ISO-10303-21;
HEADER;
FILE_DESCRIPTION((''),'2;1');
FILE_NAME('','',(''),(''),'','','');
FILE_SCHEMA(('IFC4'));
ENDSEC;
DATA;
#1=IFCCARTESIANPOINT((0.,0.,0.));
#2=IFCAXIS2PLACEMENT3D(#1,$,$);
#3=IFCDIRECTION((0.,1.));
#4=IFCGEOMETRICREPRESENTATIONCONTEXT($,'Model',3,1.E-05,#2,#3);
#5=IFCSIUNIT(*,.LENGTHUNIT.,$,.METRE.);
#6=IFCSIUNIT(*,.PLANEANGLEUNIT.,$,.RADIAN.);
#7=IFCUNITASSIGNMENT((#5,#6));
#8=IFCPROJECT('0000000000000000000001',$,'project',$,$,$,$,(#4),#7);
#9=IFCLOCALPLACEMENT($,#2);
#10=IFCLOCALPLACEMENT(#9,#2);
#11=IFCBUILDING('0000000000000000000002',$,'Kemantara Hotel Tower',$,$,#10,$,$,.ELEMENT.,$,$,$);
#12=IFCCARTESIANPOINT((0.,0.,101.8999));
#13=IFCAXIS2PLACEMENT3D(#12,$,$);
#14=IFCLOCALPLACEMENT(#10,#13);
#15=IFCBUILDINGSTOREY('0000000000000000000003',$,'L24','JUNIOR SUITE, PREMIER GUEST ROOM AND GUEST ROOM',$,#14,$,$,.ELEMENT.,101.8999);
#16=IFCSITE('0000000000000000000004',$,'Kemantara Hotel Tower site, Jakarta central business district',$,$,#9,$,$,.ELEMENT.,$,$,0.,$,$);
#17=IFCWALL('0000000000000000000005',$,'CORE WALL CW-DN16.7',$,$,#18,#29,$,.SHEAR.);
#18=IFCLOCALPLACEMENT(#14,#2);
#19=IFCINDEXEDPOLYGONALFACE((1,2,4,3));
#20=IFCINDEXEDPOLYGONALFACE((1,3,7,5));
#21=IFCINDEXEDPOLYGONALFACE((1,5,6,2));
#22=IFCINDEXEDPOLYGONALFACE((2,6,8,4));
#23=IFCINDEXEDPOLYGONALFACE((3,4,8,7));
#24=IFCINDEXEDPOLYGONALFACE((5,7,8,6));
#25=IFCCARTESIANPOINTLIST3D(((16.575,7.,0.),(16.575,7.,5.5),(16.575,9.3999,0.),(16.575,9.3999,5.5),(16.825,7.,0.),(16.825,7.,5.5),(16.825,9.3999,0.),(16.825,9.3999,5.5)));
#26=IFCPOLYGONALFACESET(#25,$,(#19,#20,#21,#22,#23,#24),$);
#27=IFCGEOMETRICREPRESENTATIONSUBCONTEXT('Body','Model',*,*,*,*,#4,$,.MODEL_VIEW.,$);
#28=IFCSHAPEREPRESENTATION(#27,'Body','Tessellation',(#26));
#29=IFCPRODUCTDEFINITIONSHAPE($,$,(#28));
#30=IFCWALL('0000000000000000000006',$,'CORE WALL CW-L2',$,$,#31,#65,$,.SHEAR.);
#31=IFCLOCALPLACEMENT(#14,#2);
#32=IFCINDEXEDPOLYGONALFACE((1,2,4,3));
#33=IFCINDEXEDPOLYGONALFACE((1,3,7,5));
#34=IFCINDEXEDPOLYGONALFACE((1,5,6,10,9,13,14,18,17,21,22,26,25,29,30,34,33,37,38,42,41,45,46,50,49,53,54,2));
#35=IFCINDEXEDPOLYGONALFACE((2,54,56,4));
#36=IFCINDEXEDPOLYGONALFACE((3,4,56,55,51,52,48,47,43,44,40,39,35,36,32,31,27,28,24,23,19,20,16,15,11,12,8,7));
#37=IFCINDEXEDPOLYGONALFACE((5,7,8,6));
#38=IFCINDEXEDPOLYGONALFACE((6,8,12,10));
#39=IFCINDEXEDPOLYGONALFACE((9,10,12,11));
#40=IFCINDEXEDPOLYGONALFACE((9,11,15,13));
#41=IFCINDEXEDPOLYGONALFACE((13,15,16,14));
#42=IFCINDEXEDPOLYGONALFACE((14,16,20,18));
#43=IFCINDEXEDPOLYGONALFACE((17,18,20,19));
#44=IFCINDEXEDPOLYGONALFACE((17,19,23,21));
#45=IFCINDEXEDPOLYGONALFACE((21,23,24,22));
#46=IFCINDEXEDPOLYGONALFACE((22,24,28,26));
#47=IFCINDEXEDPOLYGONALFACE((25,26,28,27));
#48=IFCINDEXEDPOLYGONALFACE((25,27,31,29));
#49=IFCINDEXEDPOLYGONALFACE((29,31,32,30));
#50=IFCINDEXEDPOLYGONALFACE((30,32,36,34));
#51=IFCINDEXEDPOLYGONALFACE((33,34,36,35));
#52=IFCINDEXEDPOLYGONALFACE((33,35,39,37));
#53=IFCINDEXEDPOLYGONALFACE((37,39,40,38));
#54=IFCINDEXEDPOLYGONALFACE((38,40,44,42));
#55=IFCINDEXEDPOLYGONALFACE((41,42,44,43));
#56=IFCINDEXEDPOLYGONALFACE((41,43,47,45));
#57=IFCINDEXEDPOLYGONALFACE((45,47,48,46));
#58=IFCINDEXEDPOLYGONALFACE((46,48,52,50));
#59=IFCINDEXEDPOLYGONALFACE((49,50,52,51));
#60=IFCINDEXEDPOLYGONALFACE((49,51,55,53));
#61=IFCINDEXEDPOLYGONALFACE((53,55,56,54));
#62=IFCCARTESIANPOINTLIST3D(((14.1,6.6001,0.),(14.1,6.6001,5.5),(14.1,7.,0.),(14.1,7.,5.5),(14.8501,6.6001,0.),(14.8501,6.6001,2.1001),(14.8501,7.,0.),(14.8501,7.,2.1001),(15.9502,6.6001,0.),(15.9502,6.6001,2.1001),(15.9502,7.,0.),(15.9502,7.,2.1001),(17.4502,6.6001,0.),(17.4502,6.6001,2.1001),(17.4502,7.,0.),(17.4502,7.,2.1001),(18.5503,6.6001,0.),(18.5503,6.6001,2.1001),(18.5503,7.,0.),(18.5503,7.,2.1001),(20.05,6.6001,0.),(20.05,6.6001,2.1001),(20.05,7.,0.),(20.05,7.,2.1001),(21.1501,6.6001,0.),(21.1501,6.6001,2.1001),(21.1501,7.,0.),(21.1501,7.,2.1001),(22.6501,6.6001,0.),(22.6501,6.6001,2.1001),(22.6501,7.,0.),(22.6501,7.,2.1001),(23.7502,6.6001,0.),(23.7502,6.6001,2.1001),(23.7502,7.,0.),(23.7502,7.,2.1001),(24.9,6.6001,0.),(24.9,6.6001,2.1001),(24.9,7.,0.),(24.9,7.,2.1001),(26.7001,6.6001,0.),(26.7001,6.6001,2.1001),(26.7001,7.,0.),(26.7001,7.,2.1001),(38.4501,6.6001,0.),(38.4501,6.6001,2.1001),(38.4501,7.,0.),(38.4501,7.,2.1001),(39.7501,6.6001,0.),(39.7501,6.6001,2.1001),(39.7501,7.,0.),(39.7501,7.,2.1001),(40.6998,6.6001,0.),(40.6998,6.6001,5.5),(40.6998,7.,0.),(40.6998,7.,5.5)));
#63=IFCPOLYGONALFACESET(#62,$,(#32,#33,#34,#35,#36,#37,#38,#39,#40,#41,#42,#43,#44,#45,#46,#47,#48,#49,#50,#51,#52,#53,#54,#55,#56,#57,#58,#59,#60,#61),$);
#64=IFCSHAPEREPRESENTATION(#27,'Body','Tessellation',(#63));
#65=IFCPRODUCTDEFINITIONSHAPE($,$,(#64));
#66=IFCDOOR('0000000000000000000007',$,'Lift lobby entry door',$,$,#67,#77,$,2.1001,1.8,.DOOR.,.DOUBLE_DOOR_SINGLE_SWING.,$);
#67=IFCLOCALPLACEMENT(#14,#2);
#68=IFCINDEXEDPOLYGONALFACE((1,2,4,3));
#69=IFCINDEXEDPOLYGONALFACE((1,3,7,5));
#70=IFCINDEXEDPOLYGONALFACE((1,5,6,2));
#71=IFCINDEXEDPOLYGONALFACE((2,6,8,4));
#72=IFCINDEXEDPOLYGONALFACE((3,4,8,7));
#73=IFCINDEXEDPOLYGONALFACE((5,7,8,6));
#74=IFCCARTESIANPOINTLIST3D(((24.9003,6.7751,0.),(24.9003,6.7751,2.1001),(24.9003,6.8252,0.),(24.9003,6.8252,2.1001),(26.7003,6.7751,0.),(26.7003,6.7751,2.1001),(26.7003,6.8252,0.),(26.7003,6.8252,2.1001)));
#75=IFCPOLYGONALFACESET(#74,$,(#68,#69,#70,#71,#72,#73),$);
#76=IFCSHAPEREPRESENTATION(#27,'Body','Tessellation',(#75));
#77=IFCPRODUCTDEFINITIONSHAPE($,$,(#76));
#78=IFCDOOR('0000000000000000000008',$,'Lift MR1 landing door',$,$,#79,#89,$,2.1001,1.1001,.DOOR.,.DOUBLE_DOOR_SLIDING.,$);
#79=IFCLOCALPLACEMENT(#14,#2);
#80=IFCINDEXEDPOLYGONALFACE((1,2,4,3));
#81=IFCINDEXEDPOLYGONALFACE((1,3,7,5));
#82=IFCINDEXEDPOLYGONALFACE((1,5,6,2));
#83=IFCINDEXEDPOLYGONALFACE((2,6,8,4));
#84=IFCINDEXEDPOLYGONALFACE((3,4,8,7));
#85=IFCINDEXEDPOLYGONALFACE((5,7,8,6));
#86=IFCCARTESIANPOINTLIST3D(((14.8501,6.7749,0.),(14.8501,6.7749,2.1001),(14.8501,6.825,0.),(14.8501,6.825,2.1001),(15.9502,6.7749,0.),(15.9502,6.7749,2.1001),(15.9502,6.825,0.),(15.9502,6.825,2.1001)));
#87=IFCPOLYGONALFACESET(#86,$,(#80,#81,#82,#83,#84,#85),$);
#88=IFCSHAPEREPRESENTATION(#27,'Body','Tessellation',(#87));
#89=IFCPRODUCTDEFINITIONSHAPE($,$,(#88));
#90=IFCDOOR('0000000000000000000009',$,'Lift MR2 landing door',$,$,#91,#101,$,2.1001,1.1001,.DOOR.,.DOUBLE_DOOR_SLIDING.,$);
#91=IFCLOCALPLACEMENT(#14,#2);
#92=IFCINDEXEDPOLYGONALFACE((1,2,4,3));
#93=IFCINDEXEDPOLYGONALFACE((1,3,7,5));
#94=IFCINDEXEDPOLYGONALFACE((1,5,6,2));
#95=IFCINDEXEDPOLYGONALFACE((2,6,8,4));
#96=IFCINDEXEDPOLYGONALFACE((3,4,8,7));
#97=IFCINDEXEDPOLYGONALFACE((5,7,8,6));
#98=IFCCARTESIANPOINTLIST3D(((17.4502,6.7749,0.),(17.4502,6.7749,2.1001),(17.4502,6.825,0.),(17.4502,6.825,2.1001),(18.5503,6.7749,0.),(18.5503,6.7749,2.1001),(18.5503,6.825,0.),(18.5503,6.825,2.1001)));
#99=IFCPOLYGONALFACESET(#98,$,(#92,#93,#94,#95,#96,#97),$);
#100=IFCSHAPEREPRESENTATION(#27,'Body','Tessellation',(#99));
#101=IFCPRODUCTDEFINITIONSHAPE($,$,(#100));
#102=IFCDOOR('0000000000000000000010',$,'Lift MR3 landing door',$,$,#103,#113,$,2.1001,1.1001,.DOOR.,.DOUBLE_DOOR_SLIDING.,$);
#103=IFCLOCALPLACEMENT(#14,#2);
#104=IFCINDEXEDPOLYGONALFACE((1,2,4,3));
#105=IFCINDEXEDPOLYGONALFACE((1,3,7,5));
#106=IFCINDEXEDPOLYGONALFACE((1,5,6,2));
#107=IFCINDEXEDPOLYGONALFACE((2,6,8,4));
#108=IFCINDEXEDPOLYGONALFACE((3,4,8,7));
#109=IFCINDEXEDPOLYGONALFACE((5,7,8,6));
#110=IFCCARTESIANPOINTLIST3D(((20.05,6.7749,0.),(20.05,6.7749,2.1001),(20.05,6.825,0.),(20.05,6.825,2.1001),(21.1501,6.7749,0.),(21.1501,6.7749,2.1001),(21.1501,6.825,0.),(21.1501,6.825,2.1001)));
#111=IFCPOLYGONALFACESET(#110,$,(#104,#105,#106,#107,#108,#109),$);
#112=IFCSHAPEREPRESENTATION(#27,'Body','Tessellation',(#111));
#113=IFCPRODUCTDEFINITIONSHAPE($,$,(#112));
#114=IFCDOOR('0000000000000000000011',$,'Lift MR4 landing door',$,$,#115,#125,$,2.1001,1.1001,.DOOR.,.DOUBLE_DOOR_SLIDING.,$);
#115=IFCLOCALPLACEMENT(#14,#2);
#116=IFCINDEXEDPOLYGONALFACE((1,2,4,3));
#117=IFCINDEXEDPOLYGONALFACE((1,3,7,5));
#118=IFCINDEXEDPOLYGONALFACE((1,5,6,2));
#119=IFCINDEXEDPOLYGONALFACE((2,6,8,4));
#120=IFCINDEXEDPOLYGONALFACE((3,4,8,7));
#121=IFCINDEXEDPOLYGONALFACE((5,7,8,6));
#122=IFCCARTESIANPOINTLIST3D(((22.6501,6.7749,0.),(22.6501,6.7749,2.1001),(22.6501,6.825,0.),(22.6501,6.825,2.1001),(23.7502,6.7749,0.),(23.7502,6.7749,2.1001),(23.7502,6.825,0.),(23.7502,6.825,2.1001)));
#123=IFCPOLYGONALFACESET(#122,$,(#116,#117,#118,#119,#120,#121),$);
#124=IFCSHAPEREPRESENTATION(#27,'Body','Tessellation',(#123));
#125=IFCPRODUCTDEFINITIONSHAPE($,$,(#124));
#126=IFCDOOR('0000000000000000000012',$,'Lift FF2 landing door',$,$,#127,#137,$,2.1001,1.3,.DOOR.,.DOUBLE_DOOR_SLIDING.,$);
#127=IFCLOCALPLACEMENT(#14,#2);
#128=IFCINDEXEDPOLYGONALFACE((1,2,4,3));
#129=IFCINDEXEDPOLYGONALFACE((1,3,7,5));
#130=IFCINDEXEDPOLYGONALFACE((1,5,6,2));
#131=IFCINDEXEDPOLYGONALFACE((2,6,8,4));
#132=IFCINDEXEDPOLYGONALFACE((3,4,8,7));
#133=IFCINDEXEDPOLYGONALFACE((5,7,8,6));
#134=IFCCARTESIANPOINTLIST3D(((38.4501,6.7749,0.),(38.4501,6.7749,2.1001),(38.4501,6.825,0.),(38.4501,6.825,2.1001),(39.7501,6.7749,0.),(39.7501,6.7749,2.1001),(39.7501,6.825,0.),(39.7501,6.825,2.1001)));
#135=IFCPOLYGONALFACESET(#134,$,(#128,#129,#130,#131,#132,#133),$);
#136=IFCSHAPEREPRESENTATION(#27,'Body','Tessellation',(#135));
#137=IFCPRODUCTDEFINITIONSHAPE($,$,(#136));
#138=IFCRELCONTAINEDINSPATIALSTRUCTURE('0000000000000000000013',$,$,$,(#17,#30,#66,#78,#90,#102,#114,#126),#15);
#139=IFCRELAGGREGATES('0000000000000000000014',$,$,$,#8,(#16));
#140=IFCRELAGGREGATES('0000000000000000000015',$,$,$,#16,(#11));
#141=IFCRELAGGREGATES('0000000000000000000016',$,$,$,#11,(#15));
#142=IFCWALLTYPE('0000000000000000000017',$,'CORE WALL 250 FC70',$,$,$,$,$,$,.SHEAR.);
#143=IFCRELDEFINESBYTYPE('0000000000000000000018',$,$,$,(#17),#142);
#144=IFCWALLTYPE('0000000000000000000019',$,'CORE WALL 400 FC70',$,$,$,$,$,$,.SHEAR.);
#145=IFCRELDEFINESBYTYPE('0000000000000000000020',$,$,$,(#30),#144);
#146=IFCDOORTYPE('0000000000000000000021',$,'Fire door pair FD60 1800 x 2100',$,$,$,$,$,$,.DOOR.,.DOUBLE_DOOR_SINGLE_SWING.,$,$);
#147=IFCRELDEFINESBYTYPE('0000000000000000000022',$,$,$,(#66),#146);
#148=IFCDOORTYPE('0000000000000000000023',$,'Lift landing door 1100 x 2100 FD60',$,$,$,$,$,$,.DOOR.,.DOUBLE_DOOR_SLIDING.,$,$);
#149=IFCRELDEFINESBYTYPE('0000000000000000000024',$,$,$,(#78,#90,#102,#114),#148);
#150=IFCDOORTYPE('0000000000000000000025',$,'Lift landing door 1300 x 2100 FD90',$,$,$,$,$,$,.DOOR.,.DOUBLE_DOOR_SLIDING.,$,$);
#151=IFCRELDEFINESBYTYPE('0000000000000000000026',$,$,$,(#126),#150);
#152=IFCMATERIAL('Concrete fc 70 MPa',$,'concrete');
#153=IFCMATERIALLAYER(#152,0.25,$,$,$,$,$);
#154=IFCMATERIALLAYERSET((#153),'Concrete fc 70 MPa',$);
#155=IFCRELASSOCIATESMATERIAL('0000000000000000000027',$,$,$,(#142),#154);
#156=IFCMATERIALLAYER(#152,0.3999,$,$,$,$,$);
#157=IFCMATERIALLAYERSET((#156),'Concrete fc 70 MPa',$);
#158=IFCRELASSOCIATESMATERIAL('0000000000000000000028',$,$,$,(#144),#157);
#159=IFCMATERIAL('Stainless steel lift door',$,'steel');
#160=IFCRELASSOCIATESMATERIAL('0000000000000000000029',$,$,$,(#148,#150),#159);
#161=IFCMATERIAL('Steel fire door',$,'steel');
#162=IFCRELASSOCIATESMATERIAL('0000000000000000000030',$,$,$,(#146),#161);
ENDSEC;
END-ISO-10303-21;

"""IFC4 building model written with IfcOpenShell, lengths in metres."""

from ifc_helpers import new_model, si_unit, direction, frame, frame_2d, origin, place, context, subcontext, project, spatial, rectangle, extrude, material, layer, layer_set, type_object, element, fill, save


model = new_model("IFC4")

# Units and contexts
model_context = context("Model", 3, precision=1e-05, world=origin(), true_north=direction((0.0, 1.0)))
body_context = subcontext(model_context, "Body", "Model", "MODEL_VIEW")
ifc_project = project(units=[si_unit("LENGTHUNIT", "METRE"), si_unit("PLANEANGLEUNIT", "RADIAN")], contexts=[model_context])

# Site, building, storey
site_placement = place(None, origin())
site = spatial("IfcSite", under=ifc_project, at=site_placement, Name="Kemantara Hotel Tower site, Jakarta central business district", CompositionType="ELEMENT", RefElevation=0.0)
building_placement = place(site_placement, origin())
building = spatial("IfcBuilding", under=site, at=building_placement, Name="Kemantara Hotel Tower", CompositionType="ELEMENT")
storey_placement = place(building_placement, frame((0.0, 0.0, 101.8999)))
storey = spatial("IfcBuildingStorey", under=building, at=storey_placement, Name="L24", Description="JUNIOR SUITE, PREMIER GUEST ROOM AND GUEST ROOM", CompositionType="ELEMENT", Elevation=101.8999)

# Wall
ifc_material_1 = material(Name="Concrete fc 70 MPa", Category="concrete")
ifc_layer_1 = layer(ifc_material_1, 0.25)
ifc_layer_set_1 = layer_set([ifc_layer_1], Name="Concrete fc 70 MPa")
wall_type_1 = type_object("IfcWallType", Name="CORE WALL 250 FC70", PredefinedType="SHEAR", material=ifc_layer_set_1)
wall_1_placement = place(storey_placement, frame((16.7, 7.0, 0.0), z_axis=(0.0, 0.0, 1.0), x_axis=(0.0, 1.0, 0.0)))
element("IfcWall", 1, at=wall_1_placement, inside=storey, type_object=wall_type_1, Name="CORE WALL CW-DN16.7", PredefinedType="SHEAR", context=body_context, shape_type="SweptSolid", body=[
    extrude(rectangle(XDim=2.3999, YDim=0.25, at=frame_2d((1.2, 0.0))), origin(), (0.0, 0.0, 1.0), 5.5),
])

# Wall, openings, doors
ifc_layer_2 = layer(ifc_material_1, 0.3999)
ifc_layer_set_2 = layer_set([ifc_layer_2], Name="Concrete fc 70 MPa")
wall_type_2 = type_object("IfcWallType", Name="CORE WALL 400 FC70", PredefinedType="SHEAR", material=ifc_layer_set_2)
ifc_material_2 = material(Name="Stainless steel lift door", Category="steel")
door_type_1 = type_object("IfcDoorType", Name="Lift landing door 1100 x 2100 FD60", OperationType="DOUBLE_DOOR_SLIDING", PredefinedType="DOOR", material=ifc_material_2)
door_type_2 = type_object("IfcDoorType", Name="Lift landing door 1300 x 2100 FD90", OperationType="DOUBLE_DOOR_SLIDING", PredefinedType="DOOR", material=ifc_material_2)
wall_2_placement = place(storey_placement, frame((14.1001, 6.8, 0.0), z_axis=(0.0, 0.0, 1.0), x_axis=(1.0, 0.0, 0.0)))
wall_2 = element("IfcWall", 2, at=wall_2_placement, inside=storey, type_object=wall_type_2, Name="CORE WALL CW-L2", PredefinedType="SHEAR", context=body_context, shape_type="SweptSolid", body=[
    extrude(rectangle(XDim=26.5999, YDim=0.3999, at=frame_2d((13.2998, 0.0))), origin(), (0.0, 0.0, 1.0), 5.5),
])
opening_1_placement = place(wall_2_placement, frame((10.8, 0.0, 0.0)))
opening_1 = element("IfcOpeningElement", 3, at=opening_1_placement, cuts=wall_2, PredefinedType="OPENING", context=body_context, shape_type="SweptSolid", body=[
    extrude(rectangle(XDim=1.8, YDim=2.1001, at=frame_2d((0.8999, 1.05))), frame((0.0, 0.21, 0.0), z_axis=(0.0, -1.0, 0.0), x_axis=(1.0, 0.0, 0.0)), (0.0, 0.0, 1.0), 0.4199),
])
opening_2_placement = place(wall_2_placement, frame((0.75, 0.0, 0.0)))
opening_2 = element("IfcOpeningElement", 4, at=opening_2_placement, cuts=wall_2, PredefinedType="OPENING", context=body_context, shape_type="SweptSolid", body=[
    extrude(rectangle(XDim=1.1001, YDim=2.1001, at=frame_2d((0.55, 1.05))), frame((0.0, 0.21, 0.0), z_axis=(0.0, -1.0, 0.0), x_axis=(1.0, 0.0, 0.0)), (0.0, 0.0, 1.0), 0.4199),
])
opening_3_placement = place(wall_2_placement, frame((3.3501, 0.0, 0.0)))
opening_3 = element("IfcOpeningElement", 5, at=opening_3_placement, cuts=wall_2, PredefinedType="OPENING", context=body_context, shape_type="SweptSolid", body=[
    extrude(rectangle(XDim=1.1001, YDim=2.1001, at=frame_2d((0.55, 1.05))), frame((0.0, 0.21, 0.0), z_axis=(0.0, -1.0, 0.0), x_axis=(1.0, 0.0, 0.0)), (0.0, 0.0, 1.0), 0.4199),
])
opening_4_placement = place(wall_2_placement, frame((5.95, 0.0, 0.0)))
opening_4 = element("IfcOpeningElement", 6, at=opening_4_placement, cuts=wall_2, PredefinedType="OPENING", context=body_context, shape_type="SweptSolid", body=[
    extrude(rectangle(XDim=1.1001, YDim=2.1001, at=frame_2d((0.55, 1.05))), frame((0.0, 0.21, 0.0), z_axis=(0.0, -1.0, 0.0), x_axis=(1.0, 0.0, 0.0)), (0.0, 0.0, 1.0), 0.4199),
])
opening_5_placement = place(wall_2_placement, frame((8.55, 0.0, 0.0)))
opening_5 = element("IfcOpeningElement", 7, at=opening_5_placement, cuts=wall_2, PredefinedType="OPENING", context=body_context, shape_type="SweptSolid", body=[
    extrude(rectangle(XDim=1.1001, YDim=2.1001, at=frame_2d((0.55, 1.05))), frame((0.0, 0.21, 0.0), z_axis=(0.0, -1.0, 0.0), x_axis=(1.0, 0.0, 0.0)), (0.0, 0.0, 1.0), 0.4199),
])
opening_6_placement = place(wall_2_placement, frame((24.3501, 0.0, 0.0)))
opening_6 = element("IfcOpeningElement", 8, at=opening_6_placement, cuts=wall_2, PredefinedType="OPENING", context=body_context, shape_type="SweptSolid", body=[
    extrude(rectangle(XDim=1.3, YDim=2.1001, at=frame_2d((0.6499, 1.05))), frame((0.0, 0.21, 0.0), z_axis=(0.0, -1.0, 0.0), x_axis=(1.0, 0.0, 0.0)), (0.0, 0.0, 1.0), 0.4199),
])
ifc_material_3 = material(Name="Steel fire door", Category="steel")
door_type_3 = type_object("IfcDoorType", Name="Fire door pair FD60 1800 x 2100", OperationType="DOUBLE_DOOR_SINGLE_SWING", PredefinedType="DOOR", material=ifc_material_3)
door_1_placement = place(opening_1_placement, frame((1.8, 0.0, 0.0), z_axis=(0.0, 0.0, 1.0), x_axis=(-1.0, 0.0, 0.0)))
door_1 = element("IfcDoor", 9, at=door_1_placement, inside=storey, type_object=door_type_3, Name="Lift lobby entry door", OperationType="DOUBLE_DOOR_SINGLE_SWING", OverallHeight=2.1001, OverallWidth=1.8, PredefinedType="DOOR", context=body_context, shape_type="SweptSolid", body=[
    extrude(rectangle(XDim=1.8, YDim=2.1001, at=frame_2d((0.8999, 1.05))), frame((0.0, 0.0249, 0.0), z_axis=(0.0, -1.0, 0.0), x_axis=(1.0, 0.0, 0.0)), (0.0, 0.0, 1.0), 0.05),
])
fill(opening_1, door_1)
door_2_placement = place(opening_2_placement, origin())
door_2 = element("IfcDoor", 10, at=door_2_placement, inside=storey, type_object=door_type_1, Name="Lift MR1 landing door", OperationType="DOUBLE_DOOR_SLIDING", OverallHeight=2.1001, OverallWidth=1.1001, PredefinedType="DOOR", context=body_context, shape_type="SweptSolid", body=[
    extrude(rectangle(XDim=1.1001, YDim=2.1001, at=frame_2d((0.55, 1.05))), frame((0.0, 0.0249, 0.0), z_axis=(0.0, -1.0, 0.0), x_axis=(1.0, 0.0, 0.0)), (0.0, 0.0, 1.0), 0.05),
])
fill(opening_2, door_2)
door_3_placement = place(opening_3_placement, origin())
door_3 = element("IfcDoor", 11, at=door_3_placement, inside=storey, type_object=door_type_1, Name="Lift MR2 landing door", OperationType="DOUBLE_DOOR_SLIDING", OverallHeight=2.1001, OverallWidth=1.1001, PredefinedType="DOOR", context=body_context, shape_type="SweptSolid", body=[
    extrude(rectangle(XDim=1.1001, YDim=2.1001, at=frame_2d((0.55, 1.05))), frame((0.0, 0.0249, 0.0), z_axis=(0.0, -1.0, 0.0), x_axis=(1.0, 0.0, 0.0)), (0.0, 0.0, 1.0), 0.05),
])
fill(opening_3, door_3)
door_4_placement = place(opening_4_placement, origin())
door_4 = element("IfcDoor", 12, at=door_4_placement, inside=storey, type_object=door_type_1, Name="Lift MR3 landing door", OperationType="DOUBLE_DOOR_SLIDING", OverallHeight=2.1001, OverallWidth=1.1001, PredefinedType="DOOR", context=body_context, shape_type="SweptSolid", body=[
    extrude(rectangle(XDim=1.1001, YDim=2.1001, at=frame_2d((0.55, 1.05))), frame((0.0, 0.0249, 0.0), z_axis=(0.0, -1.0, 0.0), x_axis=(1.0, 0.0, 0.0)), (0.0, 0.0, 1.0), 0.05),
])
fill(opening_4, door_4)
door_5_placement = place(opening_5_placement, origin())
door_5 = element("IfcDoor", 13, at=door_5_placement, inside=storey, type_object=door_type_1, Name="Lift MR4 landing door", OperationType="DOUBLE_DOOR_SLIDING", OverallHeight=2.1001, OverallWidth=1.1001, PredefinedType="DOOR", context=body_context, shape_type="SweptSolid", body=[
    extrude(rectangle(XDim=1.1001, YDim=2.1001, at=frame_2d((0.55, 1.05))), frame((0.0, 0.0249, 0.0), z_axis=(0.0, -1.0, 0.0), x_axis=(1.0, 0.0, 0.0)), (0.0, 0.0, 1.0), 0.05),
])
fill(opening_5, door_5)
door_6_placement = place(opening_6_placement, origin())
door_6 = element("IfcDoor", 14, at=door_6_placement, inside=storey, type_object=door_type_2, Name="Lift FF2 landing door", OperationType="DOUBLE_DOOR_SLIDING", OverallHeight=2.1001, OverallWidth=1.3, PredefinedType="DOOR", context=body_context, shape_type="SweptSolid", body=[
    extrude(rectangle(XDim=1.3, YDim=2.1001, at=frame_2d((0.6499, 1.05))), frame((0.0, 0.0249, 0.0), z_axis=(0.0, -1.0, 0.0), x_axis=(1.0, 0.0, 0.0)), (0.0, 0.0, 1.0), 0.05),
])
fill(opening_6, door_6)

save(model, "model.ifc")
